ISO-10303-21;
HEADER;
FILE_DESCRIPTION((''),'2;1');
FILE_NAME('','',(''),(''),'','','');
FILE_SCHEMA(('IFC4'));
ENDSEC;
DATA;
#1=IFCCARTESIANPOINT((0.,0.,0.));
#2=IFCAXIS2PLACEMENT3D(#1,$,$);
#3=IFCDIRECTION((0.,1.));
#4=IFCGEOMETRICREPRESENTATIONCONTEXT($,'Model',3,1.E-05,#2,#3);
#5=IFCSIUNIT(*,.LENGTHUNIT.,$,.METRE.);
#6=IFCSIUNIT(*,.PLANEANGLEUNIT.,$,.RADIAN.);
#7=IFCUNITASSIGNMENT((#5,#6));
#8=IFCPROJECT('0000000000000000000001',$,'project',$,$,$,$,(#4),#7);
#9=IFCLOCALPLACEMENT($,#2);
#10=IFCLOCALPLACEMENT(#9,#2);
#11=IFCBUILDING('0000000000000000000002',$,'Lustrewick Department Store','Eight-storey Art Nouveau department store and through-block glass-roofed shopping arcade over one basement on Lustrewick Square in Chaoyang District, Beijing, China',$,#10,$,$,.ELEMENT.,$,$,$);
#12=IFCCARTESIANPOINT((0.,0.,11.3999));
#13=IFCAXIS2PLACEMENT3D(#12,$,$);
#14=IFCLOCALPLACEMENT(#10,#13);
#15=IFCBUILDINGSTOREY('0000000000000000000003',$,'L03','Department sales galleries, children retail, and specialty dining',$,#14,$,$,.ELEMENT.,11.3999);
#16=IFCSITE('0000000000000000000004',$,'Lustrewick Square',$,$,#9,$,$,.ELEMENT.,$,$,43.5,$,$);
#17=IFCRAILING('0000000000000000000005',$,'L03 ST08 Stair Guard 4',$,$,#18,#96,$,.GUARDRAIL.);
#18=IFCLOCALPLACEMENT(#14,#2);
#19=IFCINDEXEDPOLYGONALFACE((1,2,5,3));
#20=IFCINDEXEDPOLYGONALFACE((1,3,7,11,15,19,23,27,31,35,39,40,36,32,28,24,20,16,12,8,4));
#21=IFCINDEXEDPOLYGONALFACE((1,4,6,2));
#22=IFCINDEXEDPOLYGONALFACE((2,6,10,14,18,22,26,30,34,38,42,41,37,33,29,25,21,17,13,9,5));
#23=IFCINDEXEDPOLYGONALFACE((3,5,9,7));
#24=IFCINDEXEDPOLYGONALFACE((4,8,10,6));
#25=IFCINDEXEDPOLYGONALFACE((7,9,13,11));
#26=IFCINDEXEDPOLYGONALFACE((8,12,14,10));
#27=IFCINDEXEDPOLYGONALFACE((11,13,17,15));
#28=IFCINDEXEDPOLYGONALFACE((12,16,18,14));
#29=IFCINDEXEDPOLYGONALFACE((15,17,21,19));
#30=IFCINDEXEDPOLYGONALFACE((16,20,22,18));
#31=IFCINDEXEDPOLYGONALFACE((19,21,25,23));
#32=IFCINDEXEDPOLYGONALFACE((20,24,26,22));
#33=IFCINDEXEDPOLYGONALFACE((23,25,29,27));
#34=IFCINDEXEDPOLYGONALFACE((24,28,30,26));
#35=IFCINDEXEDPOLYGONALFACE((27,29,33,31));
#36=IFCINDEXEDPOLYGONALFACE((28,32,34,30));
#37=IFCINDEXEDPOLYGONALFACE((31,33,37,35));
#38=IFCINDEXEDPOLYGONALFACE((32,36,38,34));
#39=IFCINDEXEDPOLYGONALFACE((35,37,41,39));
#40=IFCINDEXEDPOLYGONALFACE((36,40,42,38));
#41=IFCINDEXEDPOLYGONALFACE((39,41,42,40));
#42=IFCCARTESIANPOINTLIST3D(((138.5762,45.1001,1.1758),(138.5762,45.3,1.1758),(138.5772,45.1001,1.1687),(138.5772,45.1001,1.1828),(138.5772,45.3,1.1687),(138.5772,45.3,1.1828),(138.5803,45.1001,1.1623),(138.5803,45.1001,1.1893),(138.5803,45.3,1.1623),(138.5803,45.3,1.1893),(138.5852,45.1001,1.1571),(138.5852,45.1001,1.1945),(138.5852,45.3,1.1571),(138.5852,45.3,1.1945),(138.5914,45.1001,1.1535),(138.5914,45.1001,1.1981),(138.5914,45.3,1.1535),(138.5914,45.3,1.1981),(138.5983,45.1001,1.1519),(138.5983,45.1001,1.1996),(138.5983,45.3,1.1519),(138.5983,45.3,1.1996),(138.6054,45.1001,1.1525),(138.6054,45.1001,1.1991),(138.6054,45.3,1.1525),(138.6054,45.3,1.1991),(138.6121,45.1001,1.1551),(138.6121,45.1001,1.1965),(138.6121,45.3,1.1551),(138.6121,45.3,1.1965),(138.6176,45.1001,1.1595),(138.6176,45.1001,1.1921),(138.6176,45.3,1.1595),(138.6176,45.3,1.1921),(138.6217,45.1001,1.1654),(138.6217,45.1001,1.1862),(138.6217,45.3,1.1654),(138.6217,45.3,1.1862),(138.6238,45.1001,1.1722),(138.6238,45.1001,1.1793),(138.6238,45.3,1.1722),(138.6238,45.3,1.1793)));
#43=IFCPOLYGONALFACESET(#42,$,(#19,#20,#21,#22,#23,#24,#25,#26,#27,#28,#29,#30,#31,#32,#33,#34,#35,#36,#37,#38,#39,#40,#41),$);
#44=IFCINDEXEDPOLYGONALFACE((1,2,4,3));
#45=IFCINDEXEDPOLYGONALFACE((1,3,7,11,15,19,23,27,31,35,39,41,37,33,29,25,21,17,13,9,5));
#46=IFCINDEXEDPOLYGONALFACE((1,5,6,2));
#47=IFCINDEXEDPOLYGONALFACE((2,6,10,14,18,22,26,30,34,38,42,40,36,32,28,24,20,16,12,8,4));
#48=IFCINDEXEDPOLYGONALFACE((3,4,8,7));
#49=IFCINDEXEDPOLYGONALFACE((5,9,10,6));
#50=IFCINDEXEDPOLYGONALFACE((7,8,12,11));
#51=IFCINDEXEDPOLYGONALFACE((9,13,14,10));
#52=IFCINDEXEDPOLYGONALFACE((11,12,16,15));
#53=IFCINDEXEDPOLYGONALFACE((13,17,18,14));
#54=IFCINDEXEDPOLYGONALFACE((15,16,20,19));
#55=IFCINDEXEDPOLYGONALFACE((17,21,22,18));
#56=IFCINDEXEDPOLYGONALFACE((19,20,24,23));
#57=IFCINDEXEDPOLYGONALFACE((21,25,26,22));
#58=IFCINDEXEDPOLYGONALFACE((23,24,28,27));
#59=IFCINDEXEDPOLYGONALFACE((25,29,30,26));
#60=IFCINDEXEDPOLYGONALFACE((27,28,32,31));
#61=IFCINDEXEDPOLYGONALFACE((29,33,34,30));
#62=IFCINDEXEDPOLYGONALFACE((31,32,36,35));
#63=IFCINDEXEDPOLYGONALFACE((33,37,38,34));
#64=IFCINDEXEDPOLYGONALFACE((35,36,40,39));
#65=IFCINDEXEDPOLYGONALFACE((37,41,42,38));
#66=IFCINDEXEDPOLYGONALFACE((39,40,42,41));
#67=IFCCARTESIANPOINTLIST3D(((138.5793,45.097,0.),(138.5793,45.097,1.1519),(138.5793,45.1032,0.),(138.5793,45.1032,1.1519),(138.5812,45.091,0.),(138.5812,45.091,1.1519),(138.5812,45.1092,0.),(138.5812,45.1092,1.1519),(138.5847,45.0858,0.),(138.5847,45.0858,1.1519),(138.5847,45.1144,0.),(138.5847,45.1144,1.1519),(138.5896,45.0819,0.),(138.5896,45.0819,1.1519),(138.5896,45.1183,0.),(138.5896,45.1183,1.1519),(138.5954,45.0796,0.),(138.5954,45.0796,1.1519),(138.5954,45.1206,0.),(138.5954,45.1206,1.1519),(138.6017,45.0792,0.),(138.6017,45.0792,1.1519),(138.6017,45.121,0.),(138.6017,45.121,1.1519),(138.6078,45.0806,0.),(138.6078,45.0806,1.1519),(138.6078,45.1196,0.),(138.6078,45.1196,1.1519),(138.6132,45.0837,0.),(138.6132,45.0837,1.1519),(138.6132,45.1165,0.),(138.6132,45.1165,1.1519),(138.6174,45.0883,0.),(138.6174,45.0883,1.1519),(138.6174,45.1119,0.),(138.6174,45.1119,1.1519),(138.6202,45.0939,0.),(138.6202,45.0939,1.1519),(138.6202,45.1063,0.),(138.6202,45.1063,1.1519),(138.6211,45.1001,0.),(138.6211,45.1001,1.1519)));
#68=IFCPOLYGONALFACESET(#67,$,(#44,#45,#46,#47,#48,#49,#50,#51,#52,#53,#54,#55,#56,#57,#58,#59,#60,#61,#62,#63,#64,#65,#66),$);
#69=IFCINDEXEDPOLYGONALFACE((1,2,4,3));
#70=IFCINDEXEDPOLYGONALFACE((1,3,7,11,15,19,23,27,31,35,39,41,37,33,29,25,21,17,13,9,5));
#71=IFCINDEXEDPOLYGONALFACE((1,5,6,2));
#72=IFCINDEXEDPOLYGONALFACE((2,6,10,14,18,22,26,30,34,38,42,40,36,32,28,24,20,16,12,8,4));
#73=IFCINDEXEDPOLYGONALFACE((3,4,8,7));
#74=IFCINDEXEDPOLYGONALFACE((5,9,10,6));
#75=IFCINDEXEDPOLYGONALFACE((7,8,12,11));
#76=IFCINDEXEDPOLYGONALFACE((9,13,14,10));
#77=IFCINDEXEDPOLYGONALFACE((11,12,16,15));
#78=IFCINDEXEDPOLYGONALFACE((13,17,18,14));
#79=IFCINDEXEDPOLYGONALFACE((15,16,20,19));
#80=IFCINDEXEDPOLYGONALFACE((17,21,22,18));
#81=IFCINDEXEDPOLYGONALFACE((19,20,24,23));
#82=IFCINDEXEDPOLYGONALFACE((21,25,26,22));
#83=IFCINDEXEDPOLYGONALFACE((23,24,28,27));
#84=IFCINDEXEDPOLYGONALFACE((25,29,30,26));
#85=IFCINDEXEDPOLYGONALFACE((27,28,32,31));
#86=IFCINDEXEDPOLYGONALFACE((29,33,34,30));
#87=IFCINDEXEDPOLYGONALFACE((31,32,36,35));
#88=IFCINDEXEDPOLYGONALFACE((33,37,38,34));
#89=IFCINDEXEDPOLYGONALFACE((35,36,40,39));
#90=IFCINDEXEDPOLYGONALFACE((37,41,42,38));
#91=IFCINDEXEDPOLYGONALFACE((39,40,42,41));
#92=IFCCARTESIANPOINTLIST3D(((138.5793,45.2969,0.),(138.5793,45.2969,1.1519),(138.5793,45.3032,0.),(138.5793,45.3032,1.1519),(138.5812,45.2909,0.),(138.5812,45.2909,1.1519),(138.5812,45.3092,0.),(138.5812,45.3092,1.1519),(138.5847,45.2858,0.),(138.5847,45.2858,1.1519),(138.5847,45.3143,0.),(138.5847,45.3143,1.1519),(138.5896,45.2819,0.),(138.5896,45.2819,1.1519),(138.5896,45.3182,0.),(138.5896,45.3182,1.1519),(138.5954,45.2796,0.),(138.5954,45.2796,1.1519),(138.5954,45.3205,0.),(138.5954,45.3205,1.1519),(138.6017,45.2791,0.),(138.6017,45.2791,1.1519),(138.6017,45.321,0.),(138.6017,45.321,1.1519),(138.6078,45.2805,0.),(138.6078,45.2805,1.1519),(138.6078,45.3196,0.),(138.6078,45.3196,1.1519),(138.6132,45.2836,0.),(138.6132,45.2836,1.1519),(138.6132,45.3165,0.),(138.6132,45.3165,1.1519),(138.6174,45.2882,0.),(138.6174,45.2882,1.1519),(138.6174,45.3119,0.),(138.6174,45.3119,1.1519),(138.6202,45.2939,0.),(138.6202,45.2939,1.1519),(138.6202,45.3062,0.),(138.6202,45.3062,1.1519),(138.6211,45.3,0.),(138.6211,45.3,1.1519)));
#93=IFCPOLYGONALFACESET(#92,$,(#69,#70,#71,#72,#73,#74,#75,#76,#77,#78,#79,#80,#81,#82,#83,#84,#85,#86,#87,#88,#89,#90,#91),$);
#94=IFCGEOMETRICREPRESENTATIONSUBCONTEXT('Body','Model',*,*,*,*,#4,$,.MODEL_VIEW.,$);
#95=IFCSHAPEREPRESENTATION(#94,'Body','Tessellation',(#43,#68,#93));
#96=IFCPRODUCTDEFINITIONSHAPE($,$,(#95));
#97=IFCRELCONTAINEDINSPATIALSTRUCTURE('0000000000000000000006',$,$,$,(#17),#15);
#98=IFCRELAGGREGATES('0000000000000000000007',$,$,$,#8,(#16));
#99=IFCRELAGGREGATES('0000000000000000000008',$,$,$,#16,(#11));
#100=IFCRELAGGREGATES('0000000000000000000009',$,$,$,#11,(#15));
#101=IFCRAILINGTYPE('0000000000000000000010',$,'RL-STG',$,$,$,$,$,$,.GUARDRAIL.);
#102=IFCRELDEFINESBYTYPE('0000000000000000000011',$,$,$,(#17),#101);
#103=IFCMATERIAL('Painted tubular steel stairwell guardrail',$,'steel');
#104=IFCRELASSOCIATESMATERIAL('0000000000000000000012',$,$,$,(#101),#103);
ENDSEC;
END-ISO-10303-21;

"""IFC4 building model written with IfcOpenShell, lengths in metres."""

from ifc_helpers import new_model, si_unit, direction, frame, origin, origin_2d, place, context, subcontext, project, spatial, circle, extrude, material, type_object, element, save


model = new_model("IFC4")

# Units and contexts
model_context = context("Model", 3, precision=1e-05, world=origin(), true_north=direction((0.0, 1.0)))
body_context = subcontext(model_context, "Body", "Model", "MODEL_VIEW")
ifc_project = project(units=[si_unit("LENGTHUNIT", "METRE"), si_unit("PLANEANGLEUNIT", "RADIAN")], contexts=[model_context])

# Site, building, storey
site_placement = place(None, origin())
site = spatial("IfcSite", under=ifc_project, at=site_placement, Name="Lustrewick Square", CompositionType="ELEMENT", RefElevation=43.5)
building_placement = place(site_placement, origin())
building = spatial("IfcBuilding", under=site, at=building_placement, Name="Lustrewick Department Store", Description="Eight-storey Art Nouveau department store and through-block glass-roofed shopping arcade over one basement on Lustrewick Square in Chaoyang District, Beijing, China", CompositionType="ELEMENT")
storey_placement = place(building_placement, frame((0.0, 0.0, 11.3999)))
storey = spatial("IfcBuildingStorey", under=building, at=storey_placement, Name="L03", Description="Department sales galleries, children retail, and specialty dining", CompositionType="ELEMENT", Elevation=11.3999)

# Railing
ifc_material_1 = material(Name="Painted tubular steel stairwell guardrail", Category="steel")
railing_type_1 = type_object("IfcRailingType", Name="RL-STG", PredefinedType="GUARDRAIL", material=ifc_material_1)
railing_1_placement = place(storey_placement, frame((138.6001, 45.1001, 0.0)))
element("IfcRailing", 1, at=railing_1_placement, inside=storey, type_object=railing_type_1, Name="L03 ST08 Stair Guard 4", PredefinedType="GUARDRAIL", context=body_context, shape_type="SweptSolid", body=[
    extrude(circle(Radius=0.0239, at=origin_2d()), frame((0.0, 0.0, 1.1758), z_axis=(0.0, 1.0, 0.0), x_axis=(-1.0, 0.0, 0.0)), (0.0, 0.0, 1.0), 0.2),
    extrude(circle(Radius=0.021, at=origin_2d()), origin(), (0.0, 0.0, 1.0), 1.1519),
    extrude(circle(Radius=0.021, at=origin_2d()), frame((0.0, 0.2, 0.0)), (0.0, 0.0, 1.0), 1.1519),
])

save(model, "model.ifc")
